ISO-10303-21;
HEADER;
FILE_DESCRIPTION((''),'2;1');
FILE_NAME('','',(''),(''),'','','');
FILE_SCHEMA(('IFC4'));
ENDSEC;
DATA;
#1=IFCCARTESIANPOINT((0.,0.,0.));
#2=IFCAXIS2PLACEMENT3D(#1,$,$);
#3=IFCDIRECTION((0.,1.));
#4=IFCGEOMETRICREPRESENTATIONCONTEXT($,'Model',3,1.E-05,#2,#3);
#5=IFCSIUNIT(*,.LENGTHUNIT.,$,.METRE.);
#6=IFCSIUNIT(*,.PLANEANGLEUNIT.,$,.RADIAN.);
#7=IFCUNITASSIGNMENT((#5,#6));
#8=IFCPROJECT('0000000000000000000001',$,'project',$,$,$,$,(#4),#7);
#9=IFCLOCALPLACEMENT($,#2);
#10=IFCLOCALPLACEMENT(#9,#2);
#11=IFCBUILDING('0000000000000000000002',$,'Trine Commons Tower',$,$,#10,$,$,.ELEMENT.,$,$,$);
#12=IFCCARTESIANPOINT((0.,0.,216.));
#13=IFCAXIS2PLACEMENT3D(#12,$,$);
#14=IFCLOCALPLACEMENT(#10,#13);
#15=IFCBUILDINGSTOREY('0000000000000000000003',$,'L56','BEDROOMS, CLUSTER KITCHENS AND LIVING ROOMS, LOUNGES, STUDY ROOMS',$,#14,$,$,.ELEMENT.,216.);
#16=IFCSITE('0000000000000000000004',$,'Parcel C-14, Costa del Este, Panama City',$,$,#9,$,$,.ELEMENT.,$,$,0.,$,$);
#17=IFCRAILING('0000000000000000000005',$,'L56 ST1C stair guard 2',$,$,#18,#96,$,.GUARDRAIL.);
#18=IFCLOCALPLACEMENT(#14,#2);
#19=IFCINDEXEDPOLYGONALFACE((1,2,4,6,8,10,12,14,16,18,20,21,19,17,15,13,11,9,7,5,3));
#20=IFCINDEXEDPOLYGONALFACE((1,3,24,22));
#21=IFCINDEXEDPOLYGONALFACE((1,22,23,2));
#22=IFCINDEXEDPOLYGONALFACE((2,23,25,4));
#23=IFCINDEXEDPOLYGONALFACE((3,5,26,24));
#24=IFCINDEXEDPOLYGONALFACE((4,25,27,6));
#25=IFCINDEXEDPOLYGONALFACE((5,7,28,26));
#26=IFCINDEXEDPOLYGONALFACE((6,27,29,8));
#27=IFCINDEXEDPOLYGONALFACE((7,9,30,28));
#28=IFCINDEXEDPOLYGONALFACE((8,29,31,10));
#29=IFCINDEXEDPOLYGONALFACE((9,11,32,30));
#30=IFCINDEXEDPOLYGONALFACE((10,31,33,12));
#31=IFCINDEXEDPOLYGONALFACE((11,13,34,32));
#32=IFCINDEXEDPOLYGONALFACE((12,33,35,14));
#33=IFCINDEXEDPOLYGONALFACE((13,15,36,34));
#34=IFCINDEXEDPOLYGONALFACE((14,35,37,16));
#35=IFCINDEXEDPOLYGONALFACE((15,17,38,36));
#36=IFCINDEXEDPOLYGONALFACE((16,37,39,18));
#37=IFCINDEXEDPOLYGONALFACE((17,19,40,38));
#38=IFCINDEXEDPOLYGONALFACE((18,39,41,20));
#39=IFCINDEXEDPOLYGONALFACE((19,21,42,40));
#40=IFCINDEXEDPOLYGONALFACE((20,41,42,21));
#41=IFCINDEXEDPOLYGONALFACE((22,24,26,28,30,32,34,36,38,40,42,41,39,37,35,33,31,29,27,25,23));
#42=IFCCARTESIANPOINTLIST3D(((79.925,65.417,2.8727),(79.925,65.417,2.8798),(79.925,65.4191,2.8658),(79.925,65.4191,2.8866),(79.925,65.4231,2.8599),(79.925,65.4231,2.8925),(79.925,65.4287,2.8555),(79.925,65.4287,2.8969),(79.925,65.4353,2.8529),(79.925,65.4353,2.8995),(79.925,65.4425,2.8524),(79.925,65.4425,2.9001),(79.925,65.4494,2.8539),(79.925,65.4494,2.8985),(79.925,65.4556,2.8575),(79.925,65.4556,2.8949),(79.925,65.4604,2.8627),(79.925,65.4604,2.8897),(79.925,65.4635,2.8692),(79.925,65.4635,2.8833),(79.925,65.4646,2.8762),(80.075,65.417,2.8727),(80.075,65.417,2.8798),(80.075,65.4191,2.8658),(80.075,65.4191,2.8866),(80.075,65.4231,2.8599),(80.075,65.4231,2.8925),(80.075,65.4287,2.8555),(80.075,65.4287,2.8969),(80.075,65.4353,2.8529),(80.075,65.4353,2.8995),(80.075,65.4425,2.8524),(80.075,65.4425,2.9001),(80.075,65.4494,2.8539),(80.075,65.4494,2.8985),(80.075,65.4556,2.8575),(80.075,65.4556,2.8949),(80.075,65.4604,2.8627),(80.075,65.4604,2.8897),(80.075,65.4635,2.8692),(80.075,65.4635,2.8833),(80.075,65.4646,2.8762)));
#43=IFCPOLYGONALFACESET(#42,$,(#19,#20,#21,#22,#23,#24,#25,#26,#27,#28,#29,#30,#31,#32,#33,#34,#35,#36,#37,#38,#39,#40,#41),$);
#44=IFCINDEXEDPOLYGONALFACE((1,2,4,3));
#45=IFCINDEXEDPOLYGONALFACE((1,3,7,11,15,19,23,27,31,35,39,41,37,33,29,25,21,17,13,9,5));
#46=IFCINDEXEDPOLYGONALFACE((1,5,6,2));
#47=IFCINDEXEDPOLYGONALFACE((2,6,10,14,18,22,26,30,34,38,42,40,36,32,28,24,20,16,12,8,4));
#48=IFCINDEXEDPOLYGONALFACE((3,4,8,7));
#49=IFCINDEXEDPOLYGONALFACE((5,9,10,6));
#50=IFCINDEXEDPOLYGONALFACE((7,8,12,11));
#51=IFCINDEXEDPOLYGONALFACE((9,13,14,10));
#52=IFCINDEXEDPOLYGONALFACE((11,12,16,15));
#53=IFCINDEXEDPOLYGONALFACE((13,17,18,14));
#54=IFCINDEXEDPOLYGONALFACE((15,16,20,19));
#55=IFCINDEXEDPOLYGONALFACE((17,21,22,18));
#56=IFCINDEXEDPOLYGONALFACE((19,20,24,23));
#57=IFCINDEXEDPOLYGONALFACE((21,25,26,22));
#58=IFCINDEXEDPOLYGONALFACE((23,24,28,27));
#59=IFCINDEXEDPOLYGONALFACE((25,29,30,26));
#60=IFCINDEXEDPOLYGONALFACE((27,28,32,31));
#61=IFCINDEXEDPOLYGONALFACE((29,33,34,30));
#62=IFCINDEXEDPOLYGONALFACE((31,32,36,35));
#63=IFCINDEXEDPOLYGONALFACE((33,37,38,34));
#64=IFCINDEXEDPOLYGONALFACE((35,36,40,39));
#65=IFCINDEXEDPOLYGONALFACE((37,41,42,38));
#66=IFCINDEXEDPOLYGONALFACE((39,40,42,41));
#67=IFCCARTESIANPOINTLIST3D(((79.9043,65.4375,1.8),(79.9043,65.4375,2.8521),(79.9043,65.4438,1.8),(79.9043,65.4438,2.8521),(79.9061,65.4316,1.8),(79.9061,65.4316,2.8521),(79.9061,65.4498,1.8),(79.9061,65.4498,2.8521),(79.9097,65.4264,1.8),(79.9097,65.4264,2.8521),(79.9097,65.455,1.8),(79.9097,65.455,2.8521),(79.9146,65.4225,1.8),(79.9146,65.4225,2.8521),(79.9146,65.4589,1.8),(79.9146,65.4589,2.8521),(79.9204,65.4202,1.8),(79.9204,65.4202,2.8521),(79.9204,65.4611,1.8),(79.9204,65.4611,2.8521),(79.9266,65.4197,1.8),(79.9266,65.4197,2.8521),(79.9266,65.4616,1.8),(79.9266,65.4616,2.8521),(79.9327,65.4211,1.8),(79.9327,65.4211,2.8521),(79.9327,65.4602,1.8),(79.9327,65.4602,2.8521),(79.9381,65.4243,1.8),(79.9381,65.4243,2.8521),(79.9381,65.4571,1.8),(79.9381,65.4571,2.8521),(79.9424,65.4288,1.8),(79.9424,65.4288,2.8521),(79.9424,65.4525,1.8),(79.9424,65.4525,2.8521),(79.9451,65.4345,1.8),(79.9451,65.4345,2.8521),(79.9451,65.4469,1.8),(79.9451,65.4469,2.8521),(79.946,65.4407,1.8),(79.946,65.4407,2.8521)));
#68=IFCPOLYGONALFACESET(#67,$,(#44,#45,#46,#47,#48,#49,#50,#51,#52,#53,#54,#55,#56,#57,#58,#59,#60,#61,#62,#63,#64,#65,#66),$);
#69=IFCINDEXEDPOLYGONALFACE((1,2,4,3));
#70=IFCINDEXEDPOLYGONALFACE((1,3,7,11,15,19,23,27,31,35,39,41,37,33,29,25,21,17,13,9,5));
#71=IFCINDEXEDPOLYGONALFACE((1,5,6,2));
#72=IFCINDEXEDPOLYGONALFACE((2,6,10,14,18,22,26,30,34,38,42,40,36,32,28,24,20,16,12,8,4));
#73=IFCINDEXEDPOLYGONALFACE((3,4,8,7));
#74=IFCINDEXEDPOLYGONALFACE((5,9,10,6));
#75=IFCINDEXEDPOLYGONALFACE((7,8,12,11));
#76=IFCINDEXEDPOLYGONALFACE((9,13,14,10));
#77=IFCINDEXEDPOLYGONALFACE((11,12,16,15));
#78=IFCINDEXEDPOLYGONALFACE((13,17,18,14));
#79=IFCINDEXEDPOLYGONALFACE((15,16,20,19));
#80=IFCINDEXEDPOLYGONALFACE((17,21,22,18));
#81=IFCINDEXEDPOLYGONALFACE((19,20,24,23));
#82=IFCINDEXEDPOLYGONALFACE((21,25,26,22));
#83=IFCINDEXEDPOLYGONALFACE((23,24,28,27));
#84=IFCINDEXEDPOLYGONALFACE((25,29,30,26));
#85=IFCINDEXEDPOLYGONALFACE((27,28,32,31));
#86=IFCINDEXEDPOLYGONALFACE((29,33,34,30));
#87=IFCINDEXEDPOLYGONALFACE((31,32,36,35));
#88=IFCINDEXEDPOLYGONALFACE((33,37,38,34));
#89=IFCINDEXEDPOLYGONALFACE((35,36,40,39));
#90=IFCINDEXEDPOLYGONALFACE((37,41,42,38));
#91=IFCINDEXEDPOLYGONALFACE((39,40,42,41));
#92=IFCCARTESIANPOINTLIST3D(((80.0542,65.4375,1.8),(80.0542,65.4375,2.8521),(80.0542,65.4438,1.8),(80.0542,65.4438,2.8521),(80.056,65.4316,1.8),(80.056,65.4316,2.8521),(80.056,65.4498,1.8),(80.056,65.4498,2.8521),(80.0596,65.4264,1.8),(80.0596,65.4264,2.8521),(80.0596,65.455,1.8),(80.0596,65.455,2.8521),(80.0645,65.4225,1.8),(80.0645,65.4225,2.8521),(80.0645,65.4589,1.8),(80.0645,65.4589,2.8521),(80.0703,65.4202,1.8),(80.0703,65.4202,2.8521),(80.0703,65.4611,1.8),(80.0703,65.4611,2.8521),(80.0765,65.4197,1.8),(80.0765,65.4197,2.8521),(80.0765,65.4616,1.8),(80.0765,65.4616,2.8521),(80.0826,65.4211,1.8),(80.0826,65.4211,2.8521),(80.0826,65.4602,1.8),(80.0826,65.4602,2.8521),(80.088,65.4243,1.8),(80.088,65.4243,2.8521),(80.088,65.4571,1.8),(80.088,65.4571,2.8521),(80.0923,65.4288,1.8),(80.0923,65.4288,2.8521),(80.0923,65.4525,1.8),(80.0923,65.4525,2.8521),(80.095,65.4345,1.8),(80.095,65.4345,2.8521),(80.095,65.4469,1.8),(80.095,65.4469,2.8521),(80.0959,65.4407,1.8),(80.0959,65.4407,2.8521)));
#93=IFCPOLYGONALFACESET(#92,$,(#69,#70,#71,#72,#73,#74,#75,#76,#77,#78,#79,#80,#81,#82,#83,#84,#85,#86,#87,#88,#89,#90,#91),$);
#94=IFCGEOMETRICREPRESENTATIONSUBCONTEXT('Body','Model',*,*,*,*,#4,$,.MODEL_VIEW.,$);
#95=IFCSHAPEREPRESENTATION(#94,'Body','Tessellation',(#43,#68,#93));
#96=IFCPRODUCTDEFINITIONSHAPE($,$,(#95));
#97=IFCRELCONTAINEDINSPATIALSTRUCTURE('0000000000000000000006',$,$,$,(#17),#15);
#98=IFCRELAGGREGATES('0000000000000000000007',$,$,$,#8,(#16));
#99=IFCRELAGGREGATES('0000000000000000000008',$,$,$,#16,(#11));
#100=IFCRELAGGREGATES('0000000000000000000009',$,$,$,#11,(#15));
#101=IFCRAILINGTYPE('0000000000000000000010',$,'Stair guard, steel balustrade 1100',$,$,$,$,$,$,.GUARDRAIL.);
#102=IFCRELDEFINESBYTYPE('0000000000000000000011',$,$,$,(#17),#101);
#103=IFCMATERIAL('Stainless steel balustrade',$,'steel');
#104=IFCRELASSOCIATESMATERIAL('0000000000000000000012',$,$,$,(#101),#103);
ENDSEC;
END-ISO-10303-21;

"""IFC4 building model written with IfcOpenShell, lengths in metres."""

from ifc_helpers import new_model, si_unit, direction, frame, origin, origin_2d, place, context, subcontext, project, spatial, circle, extrude, material, type_object, element, save


model = new_model("IFC4")

# Units and contexts
model_context = context("Model", 3, precision=1e-05, world=origin(), true_north=direction((0.0, 1.0)))
body_context = subcontext(model_context, "Body", "Model", "MODEL_VIEW")
ifc_project = project(units=[si_unit("LENGTHUNIT", "METRE"), si_unit("PLANEANGLEUNIT", "RADIAN")], contexts=[model_context])

# Site, building, storey
site_placement = place(None, origin())
site = spatial("IfcSite", under=ifc_project, at=site_placement, Name="Parcel C-14, Costa del Este, Panama City", CompositionType="ELEMENT", RefElevation=0.0)
building_placement = place(site_placement, origin())
building = spatial("IfcBuilding", under=site, at=building_placement, Name="Trine Commons Tower", CompositionType="ELEMENT")
storey_placement = place(building_placement, frame((0.0, 0.0, 216.0)))
storey = spatial("IfcBuildingStorey", under=building, at=storey_placement, Name="L56", Description="BEDROOMS, CLUSTER KITCHENS AND LIVING ROOMS, LOUNGES, STUDY ROOMS", CompositionType="ELEMENT", Elevation=216.0)

# Railing
ifc_material_1 = material(Name="Stainless steel balustrade", Category="steel")
railing_type_1 = type_object("IfcRailingType", Name="Stair guard, steel balustrade 1100", PredefinedType="GUARDRAIL", material=ifc_material_1)
railing_1_placement = place(storey_placement, frame((79.925, 65.4407, 1.8)))
element("IfcRailing", 1, at=railing_1_placement, inside=storey, type_object=railing_type_1, Name="L56 ST1C stair guard 2", PredefinedType="GUARDRAIL", context=body_context, shape_type="SweptSolid", body=[
    extrude(circle(Radius=0.0239, at=origin_2d()), frame((0.0, 0.0, 1.0762), z_axis=(1.0, 0.0, 0.0), x_axis=(0.0, 1.0, 0.0)), (0.0, 0.0, 1.0), 0.1499),
    extrude(circle(Radius=0.021, at=origin_2d()), origin(), (0.0, 0.0, 1.0), 1.052),
    extrude(circle(Radius=0.021, at=origin_2d()), frame((0.1499, 0.0, 0.0)), (0.0, 0.0, 1.0), 1.052),
])

save(model, "model.ifc")
